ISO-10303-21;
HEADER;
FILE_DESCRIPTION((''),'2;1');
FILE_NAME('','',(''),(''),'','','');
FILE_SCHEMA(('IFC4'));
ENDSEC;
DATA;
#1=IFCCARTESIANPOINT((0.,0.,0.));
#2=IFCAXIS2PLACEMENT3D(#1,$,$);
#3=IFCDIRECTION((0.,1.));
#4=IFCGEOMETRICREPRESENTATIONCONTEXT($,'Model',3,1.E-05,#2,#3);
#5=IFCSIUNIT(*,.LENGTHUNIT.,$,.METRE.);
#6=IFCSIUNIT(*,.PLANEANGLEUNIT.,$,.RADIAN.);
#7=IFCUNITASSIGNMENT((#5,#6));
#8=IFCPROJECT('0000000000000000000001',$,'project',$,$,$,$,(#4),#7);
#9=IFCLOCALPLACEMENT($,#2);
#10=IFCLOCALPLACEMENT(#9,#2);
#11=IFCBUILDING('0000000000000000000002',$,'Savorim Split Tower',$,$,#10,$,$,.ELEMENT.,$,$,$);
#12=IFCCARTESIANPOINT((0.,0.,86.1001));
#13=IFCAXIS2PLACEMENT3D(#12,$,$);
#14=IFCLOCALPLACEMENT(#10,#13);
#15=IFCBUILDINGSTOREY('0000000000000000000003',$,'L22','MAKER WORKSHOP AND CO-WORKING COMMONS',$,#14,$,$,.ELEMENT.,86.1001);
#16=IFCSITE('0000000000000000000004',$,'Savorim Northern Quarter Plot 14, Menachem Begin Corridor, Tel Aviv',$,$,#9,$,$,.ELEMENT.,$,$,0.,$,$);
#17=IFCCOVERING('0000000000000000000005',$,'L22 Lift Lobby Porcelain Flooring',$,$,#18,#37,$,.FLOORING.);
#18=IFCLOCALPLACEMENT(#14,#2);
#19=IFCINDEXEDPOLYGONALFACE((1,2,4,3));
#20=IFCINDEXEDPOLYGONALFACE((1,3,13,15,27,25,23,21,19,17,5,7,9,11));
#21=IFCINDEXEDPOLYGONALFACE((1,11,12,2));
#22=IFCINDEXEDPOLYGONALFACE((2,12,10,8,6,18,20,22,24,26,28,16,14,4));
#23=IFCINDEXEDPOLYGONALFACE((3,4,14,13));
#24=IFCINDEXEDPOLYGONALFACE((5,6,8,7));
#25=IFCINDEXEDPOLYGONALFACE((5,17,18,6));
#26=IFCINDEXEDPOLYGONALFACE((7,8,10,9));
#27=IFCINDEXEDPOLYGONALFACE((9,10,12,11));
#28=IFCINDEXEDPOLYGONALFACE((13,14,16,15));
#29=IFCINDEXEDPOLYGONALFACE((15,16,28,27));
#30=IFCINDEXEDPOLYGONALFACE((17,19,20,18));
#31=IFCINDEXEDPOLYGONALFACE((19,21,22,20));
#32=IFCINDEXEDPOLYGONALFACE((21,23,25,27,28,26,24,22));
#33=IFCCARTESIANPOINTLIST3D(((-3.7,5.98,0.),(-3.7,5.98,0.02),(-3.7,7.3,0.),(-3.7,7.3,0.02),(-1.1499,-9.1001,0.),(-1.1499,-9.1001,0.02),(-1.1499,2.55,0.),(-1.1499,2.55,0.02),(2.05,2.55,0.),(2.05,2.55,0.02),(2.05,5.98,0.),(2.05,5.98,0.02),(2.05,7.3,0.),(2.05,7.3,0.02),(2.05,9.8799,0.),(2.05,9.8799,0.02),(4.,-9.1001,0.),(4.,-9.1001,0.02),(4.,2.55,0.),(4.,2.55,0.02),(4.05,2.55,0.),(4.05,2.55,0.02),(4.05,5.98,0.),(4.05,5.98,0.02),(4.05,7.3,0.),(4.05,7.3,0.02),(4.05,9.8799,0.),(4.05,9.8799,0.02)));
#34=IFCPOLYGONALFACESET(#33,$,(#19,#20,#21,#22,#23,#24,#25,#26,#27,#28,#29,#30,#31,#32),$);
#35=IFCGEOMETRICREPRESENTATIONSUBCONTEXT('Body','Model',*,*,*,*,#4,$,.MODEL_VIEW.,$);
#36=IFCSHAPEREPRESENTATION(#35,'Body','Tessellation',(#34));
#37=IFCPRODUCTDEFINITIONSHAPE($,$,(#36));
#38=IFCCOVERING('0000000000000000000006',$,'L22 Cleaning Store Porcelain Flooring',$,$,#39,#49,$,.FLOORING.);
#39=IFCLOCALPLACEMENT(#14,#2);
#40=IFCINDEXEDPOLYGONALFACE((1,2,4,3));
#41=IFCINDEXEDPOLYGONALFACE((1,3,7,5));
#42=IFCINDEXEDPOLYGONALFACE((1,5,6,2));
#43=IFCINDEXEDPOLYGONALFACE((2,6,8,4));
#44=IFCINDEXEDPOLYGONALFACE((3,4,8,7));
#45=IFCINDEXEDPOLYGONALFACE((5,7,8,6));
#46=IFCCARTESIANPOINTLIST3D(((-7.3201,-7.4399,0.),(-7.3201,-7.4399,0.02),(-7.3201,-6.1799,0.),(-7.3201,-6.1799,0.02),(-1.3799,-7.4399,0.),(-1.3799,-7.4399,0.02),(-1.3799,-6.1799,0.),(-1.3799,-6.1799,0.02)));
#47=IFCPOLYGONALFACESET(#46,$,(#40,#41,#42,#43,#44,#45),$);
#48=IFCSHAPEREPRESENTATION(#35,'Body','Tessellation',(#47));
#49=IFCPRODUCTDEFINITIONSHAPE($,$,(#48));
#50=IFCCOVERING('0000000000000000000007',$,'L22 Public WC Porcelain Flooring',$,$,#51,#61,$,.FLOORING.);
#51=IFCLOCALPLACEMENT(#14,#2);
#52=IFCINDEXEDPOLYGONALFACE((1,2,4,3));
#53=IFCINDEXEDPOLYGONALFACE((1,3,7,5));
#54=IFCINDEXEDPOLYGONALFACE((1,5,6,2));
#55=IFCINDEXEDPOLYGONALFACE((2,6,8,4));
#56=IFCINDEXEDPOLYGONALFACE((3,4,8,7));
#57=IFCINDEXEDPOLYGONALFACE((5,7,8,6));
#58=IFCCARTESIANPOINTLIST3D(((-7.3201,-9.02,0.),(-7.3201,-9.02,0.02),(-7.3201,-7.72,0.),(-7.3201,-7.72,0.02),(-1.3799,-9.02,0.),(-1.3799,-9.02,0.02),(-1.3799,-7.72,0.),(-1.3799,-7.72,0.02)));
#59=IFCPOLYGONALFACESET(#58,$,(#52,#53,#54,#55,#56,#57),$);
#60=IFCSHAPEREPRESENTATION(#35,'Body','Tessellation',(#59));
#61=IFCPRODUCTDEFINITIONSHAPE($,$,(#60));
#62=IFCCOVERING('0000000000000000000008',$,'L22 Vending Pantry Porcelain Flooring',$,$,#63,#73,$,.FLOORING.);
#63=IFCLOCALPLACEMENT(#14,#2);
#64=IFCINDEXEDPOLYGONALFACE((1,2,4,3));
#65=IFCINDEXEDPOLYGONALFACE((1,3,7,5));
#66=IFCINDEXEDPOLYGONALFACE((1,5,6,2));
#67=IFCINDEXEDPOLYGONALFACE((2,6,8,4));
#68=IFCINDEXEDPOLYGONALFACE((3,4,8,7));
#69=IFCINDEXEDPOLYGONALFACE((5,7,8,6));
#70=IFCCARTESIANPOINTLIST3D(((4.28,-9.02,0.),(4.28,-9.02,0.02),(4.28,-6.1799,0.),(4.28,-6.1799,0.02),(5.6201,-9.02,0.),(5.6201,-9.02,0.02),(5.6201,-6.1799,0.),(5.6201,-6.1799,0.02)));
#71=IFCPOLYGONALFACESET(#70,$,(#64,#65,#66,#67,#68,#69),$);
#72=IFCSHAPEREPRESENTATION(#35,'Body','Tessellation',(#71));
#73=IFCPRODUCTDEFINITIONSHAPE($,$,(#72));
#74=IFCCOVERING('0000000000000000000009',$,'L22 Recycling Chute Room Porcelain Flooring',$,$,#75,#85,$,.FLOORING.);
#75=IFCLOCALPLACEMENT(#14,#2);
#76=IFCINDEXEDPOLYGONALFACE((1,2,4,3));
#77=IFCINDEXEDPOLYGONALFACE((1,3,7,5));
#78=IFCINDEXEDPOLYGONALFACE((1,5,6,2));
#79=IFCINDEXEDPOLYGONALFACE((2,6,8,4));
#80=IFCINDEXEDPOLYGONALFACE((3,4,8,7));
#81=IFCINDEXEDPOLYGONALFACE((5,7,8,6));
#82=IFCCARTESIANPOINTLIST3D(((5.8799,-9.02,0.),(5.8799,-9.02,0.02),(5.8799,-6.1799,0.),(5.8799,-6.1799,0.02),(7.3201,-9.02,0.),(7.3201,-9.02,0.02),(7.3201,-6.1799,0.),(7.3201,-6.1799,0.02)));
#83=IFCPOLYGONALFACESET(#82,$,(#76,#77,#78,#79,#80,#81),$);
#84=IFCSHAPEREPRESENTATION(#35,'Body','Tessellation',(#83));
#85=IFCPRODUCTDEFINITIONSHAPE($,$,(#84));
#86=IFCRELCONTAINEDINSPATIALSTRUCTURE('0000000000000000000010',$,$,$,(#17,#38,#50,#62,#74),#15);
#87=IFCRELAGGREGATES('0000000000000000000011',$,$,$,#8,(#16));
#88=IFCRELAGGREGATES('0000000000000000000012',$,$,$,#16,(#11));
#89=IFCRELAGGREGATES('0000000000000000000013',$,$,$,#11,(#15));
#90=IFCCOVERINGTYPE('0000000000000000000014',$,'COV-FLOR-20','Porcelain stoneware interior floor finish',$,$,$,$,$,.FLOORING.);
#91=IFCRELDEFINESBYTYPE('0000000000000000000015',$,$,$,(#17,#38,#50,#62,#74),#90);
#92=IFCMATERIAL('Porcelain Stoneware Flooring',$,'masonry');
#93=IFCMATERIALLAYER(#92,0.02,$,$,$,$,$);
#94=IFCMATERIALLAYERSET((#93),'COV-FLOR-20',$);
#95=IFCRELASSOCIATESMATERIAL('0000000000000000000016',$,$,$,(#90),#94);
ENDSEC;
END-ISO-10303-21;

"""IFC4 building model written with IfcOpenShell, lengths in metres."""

from ifc_helpers import new_model, si_unit, direction, frame, origin, place, context, subcontext, project, spatial, polyline, outline, extrude, material, layer, layer_set, type_object, element, save


model = new_model("IFC4")

# Units and contexts
model_context = context("Model", 3, precision=1e-05, world=origin(), true_north=direction((0.0, 1.0)))
body_context = subcontext(model_context, "Body", "Model", "MODEL_VIEW")
ifc_project = project(units=[si_unit("LENGTHUNIT", "METRE"), si_unit("PLANEANGLEUNIT", "RADIAN")], contexts=[model_context])

# Site, building, storey
site_placement = place(None, origin())
site = spatial("IfcSite", under=ifc_project, at=site_placement, Name="Savorim Northern Quarter Plot 14, Menachem Begin Corridor, Tel Aviv", CompositionType="ELEMENT", RefElevation=0.0)
building_placement = place(site_placement, origin())
building = spatial("IfcBuilding", under=site, at=building_placement, Name="Savorim Split Tower", CompositionType="ELEMENT")
storey_placement = place(building_placement, frame((0.0, 0.0, 86.1001)))
storey = spatial("IfcBuildingStorey", under=building, at=storey_placement, Name="L22", Description="MAKER WORKSHOP AND CO-WORKING COMMONS", CompositionType="ELEMENT", Elevation=86.1001)

# Coverings
ifc_material_1 = material(Name="Porcelain Stoneware Flooring", Category="masonry")
ifc_layer_1 = layer(ifc_material_1, 0.02)
ifc_layer_set_1 = layer_set([ifc_layer_1], Name="COV-FLOR-20")
covering_type_1 = type_object("IfcCoveringType", Name="COV-FLOR-20", Description="Porcelain stoneware interior floor finish", PredefinedType="FLOORING", material=ifc_layer_set_1)
covering_1_placement = place(storey_placement, origin())
element("IfcCovering", 1, at=covering_1_placement, inside=storey, type_object=covering_type_1, Name="L22 Lift Lobby Porcelain Flooring", PredefinedType="FLOORING", context=body_context, shape_type="SweptSolid", body=[
    extrude(outline(polyline([(2.05, 2.55), (-1.1499, 2.55), (-1.1499, -9.1001), (4.0, -9.1001), (4.0, 2.55), (4.05, 2.55), (4.05, 5.98), (4.05, 7.3), (4.05, 9.8799), (2.05, 9.8799), (2.05, 7.3), (-3.7, 7.3), (-3.7, 5.98), (2.05, 5.98), (2.05, 2.55)])), origin(), (0.0, 0.0, 1.0), 0.02),
])
covering_2_placement = place(storey_placement, origin())
element("IfcCovering", 2, at=covering_2_placement, inside=storey, type_object=covering_type_1, Name="L22 Cleaning Store Porcelain Flooring", PredefinedType="FLOORING", context=body_context, shape_type="SweptSolid", body=[
    extrude(outline(polyline([(-7.3201, -6.1799), (-7.3201, -7.4399), (-1.3799, -7.4399), (-1.3799, -6.1799), (-7.3201, -6.1799)])), origin(), (0.0, 0.0, 1.0), 0.02),
])
covering_3_placement = place(storey_placement, origin())
element("IfcCovering", 3, at=covering_3_placement, inside=storey, type_object=covering_type_1, Name="L22 Public WC Porcelain Flooring", PredefinedType="FLOORING", context=body_context, shape_type="SweptSolid", body=[
    extrude(outline(polyline([(-7.3201, -7.72), (-7.3201, -9.02), (-1.3799, -9.02), (-1.3799, -7.72), (-7.3201, -7.72)])), origin(), (0.0, 0.0, 1.0), 0.02),
])
covering_4_placement = place(storey_placement, origin())
element("IfcCovering", 4, at=covering_4_placement, inside=storey, type_object=covering_type_1, Name="L22 Vending Pantry Porcelain Flooring", PredefinedType="FLOORING", context=body_context, shape_type="SweptSolid", body=[
    extrude(outline(polyline([(4.28, -6.1799), (4.28, -9.02), (5.6201, -9.02), (5.6201, -6.1799), (4.28, -6.1799)])), origin(), (0.0, 0.0, 1.0), 0.02),
])
covering_5_placement = place(storey_placement, origin())
element("IfcCovering", 5, at=covering_5_placement, inside=storey, type_object=covering_type_1, Name="L22 Recycling Chute Room Porcelain Flooring", PredefinedType="FLOORING", context=body_context, shape_type="SweptSolid", body=[
    extrude(outline(polyline([(5.8799, -6.1799), (5.8799, -9.02), (7.3201, -9.02), (7.3201, -6.1799), (5.8799, -6.1799)])), origin(), (0.0, 0.0, 1.0), 0.02),
])

save(model, "model.ifc")
